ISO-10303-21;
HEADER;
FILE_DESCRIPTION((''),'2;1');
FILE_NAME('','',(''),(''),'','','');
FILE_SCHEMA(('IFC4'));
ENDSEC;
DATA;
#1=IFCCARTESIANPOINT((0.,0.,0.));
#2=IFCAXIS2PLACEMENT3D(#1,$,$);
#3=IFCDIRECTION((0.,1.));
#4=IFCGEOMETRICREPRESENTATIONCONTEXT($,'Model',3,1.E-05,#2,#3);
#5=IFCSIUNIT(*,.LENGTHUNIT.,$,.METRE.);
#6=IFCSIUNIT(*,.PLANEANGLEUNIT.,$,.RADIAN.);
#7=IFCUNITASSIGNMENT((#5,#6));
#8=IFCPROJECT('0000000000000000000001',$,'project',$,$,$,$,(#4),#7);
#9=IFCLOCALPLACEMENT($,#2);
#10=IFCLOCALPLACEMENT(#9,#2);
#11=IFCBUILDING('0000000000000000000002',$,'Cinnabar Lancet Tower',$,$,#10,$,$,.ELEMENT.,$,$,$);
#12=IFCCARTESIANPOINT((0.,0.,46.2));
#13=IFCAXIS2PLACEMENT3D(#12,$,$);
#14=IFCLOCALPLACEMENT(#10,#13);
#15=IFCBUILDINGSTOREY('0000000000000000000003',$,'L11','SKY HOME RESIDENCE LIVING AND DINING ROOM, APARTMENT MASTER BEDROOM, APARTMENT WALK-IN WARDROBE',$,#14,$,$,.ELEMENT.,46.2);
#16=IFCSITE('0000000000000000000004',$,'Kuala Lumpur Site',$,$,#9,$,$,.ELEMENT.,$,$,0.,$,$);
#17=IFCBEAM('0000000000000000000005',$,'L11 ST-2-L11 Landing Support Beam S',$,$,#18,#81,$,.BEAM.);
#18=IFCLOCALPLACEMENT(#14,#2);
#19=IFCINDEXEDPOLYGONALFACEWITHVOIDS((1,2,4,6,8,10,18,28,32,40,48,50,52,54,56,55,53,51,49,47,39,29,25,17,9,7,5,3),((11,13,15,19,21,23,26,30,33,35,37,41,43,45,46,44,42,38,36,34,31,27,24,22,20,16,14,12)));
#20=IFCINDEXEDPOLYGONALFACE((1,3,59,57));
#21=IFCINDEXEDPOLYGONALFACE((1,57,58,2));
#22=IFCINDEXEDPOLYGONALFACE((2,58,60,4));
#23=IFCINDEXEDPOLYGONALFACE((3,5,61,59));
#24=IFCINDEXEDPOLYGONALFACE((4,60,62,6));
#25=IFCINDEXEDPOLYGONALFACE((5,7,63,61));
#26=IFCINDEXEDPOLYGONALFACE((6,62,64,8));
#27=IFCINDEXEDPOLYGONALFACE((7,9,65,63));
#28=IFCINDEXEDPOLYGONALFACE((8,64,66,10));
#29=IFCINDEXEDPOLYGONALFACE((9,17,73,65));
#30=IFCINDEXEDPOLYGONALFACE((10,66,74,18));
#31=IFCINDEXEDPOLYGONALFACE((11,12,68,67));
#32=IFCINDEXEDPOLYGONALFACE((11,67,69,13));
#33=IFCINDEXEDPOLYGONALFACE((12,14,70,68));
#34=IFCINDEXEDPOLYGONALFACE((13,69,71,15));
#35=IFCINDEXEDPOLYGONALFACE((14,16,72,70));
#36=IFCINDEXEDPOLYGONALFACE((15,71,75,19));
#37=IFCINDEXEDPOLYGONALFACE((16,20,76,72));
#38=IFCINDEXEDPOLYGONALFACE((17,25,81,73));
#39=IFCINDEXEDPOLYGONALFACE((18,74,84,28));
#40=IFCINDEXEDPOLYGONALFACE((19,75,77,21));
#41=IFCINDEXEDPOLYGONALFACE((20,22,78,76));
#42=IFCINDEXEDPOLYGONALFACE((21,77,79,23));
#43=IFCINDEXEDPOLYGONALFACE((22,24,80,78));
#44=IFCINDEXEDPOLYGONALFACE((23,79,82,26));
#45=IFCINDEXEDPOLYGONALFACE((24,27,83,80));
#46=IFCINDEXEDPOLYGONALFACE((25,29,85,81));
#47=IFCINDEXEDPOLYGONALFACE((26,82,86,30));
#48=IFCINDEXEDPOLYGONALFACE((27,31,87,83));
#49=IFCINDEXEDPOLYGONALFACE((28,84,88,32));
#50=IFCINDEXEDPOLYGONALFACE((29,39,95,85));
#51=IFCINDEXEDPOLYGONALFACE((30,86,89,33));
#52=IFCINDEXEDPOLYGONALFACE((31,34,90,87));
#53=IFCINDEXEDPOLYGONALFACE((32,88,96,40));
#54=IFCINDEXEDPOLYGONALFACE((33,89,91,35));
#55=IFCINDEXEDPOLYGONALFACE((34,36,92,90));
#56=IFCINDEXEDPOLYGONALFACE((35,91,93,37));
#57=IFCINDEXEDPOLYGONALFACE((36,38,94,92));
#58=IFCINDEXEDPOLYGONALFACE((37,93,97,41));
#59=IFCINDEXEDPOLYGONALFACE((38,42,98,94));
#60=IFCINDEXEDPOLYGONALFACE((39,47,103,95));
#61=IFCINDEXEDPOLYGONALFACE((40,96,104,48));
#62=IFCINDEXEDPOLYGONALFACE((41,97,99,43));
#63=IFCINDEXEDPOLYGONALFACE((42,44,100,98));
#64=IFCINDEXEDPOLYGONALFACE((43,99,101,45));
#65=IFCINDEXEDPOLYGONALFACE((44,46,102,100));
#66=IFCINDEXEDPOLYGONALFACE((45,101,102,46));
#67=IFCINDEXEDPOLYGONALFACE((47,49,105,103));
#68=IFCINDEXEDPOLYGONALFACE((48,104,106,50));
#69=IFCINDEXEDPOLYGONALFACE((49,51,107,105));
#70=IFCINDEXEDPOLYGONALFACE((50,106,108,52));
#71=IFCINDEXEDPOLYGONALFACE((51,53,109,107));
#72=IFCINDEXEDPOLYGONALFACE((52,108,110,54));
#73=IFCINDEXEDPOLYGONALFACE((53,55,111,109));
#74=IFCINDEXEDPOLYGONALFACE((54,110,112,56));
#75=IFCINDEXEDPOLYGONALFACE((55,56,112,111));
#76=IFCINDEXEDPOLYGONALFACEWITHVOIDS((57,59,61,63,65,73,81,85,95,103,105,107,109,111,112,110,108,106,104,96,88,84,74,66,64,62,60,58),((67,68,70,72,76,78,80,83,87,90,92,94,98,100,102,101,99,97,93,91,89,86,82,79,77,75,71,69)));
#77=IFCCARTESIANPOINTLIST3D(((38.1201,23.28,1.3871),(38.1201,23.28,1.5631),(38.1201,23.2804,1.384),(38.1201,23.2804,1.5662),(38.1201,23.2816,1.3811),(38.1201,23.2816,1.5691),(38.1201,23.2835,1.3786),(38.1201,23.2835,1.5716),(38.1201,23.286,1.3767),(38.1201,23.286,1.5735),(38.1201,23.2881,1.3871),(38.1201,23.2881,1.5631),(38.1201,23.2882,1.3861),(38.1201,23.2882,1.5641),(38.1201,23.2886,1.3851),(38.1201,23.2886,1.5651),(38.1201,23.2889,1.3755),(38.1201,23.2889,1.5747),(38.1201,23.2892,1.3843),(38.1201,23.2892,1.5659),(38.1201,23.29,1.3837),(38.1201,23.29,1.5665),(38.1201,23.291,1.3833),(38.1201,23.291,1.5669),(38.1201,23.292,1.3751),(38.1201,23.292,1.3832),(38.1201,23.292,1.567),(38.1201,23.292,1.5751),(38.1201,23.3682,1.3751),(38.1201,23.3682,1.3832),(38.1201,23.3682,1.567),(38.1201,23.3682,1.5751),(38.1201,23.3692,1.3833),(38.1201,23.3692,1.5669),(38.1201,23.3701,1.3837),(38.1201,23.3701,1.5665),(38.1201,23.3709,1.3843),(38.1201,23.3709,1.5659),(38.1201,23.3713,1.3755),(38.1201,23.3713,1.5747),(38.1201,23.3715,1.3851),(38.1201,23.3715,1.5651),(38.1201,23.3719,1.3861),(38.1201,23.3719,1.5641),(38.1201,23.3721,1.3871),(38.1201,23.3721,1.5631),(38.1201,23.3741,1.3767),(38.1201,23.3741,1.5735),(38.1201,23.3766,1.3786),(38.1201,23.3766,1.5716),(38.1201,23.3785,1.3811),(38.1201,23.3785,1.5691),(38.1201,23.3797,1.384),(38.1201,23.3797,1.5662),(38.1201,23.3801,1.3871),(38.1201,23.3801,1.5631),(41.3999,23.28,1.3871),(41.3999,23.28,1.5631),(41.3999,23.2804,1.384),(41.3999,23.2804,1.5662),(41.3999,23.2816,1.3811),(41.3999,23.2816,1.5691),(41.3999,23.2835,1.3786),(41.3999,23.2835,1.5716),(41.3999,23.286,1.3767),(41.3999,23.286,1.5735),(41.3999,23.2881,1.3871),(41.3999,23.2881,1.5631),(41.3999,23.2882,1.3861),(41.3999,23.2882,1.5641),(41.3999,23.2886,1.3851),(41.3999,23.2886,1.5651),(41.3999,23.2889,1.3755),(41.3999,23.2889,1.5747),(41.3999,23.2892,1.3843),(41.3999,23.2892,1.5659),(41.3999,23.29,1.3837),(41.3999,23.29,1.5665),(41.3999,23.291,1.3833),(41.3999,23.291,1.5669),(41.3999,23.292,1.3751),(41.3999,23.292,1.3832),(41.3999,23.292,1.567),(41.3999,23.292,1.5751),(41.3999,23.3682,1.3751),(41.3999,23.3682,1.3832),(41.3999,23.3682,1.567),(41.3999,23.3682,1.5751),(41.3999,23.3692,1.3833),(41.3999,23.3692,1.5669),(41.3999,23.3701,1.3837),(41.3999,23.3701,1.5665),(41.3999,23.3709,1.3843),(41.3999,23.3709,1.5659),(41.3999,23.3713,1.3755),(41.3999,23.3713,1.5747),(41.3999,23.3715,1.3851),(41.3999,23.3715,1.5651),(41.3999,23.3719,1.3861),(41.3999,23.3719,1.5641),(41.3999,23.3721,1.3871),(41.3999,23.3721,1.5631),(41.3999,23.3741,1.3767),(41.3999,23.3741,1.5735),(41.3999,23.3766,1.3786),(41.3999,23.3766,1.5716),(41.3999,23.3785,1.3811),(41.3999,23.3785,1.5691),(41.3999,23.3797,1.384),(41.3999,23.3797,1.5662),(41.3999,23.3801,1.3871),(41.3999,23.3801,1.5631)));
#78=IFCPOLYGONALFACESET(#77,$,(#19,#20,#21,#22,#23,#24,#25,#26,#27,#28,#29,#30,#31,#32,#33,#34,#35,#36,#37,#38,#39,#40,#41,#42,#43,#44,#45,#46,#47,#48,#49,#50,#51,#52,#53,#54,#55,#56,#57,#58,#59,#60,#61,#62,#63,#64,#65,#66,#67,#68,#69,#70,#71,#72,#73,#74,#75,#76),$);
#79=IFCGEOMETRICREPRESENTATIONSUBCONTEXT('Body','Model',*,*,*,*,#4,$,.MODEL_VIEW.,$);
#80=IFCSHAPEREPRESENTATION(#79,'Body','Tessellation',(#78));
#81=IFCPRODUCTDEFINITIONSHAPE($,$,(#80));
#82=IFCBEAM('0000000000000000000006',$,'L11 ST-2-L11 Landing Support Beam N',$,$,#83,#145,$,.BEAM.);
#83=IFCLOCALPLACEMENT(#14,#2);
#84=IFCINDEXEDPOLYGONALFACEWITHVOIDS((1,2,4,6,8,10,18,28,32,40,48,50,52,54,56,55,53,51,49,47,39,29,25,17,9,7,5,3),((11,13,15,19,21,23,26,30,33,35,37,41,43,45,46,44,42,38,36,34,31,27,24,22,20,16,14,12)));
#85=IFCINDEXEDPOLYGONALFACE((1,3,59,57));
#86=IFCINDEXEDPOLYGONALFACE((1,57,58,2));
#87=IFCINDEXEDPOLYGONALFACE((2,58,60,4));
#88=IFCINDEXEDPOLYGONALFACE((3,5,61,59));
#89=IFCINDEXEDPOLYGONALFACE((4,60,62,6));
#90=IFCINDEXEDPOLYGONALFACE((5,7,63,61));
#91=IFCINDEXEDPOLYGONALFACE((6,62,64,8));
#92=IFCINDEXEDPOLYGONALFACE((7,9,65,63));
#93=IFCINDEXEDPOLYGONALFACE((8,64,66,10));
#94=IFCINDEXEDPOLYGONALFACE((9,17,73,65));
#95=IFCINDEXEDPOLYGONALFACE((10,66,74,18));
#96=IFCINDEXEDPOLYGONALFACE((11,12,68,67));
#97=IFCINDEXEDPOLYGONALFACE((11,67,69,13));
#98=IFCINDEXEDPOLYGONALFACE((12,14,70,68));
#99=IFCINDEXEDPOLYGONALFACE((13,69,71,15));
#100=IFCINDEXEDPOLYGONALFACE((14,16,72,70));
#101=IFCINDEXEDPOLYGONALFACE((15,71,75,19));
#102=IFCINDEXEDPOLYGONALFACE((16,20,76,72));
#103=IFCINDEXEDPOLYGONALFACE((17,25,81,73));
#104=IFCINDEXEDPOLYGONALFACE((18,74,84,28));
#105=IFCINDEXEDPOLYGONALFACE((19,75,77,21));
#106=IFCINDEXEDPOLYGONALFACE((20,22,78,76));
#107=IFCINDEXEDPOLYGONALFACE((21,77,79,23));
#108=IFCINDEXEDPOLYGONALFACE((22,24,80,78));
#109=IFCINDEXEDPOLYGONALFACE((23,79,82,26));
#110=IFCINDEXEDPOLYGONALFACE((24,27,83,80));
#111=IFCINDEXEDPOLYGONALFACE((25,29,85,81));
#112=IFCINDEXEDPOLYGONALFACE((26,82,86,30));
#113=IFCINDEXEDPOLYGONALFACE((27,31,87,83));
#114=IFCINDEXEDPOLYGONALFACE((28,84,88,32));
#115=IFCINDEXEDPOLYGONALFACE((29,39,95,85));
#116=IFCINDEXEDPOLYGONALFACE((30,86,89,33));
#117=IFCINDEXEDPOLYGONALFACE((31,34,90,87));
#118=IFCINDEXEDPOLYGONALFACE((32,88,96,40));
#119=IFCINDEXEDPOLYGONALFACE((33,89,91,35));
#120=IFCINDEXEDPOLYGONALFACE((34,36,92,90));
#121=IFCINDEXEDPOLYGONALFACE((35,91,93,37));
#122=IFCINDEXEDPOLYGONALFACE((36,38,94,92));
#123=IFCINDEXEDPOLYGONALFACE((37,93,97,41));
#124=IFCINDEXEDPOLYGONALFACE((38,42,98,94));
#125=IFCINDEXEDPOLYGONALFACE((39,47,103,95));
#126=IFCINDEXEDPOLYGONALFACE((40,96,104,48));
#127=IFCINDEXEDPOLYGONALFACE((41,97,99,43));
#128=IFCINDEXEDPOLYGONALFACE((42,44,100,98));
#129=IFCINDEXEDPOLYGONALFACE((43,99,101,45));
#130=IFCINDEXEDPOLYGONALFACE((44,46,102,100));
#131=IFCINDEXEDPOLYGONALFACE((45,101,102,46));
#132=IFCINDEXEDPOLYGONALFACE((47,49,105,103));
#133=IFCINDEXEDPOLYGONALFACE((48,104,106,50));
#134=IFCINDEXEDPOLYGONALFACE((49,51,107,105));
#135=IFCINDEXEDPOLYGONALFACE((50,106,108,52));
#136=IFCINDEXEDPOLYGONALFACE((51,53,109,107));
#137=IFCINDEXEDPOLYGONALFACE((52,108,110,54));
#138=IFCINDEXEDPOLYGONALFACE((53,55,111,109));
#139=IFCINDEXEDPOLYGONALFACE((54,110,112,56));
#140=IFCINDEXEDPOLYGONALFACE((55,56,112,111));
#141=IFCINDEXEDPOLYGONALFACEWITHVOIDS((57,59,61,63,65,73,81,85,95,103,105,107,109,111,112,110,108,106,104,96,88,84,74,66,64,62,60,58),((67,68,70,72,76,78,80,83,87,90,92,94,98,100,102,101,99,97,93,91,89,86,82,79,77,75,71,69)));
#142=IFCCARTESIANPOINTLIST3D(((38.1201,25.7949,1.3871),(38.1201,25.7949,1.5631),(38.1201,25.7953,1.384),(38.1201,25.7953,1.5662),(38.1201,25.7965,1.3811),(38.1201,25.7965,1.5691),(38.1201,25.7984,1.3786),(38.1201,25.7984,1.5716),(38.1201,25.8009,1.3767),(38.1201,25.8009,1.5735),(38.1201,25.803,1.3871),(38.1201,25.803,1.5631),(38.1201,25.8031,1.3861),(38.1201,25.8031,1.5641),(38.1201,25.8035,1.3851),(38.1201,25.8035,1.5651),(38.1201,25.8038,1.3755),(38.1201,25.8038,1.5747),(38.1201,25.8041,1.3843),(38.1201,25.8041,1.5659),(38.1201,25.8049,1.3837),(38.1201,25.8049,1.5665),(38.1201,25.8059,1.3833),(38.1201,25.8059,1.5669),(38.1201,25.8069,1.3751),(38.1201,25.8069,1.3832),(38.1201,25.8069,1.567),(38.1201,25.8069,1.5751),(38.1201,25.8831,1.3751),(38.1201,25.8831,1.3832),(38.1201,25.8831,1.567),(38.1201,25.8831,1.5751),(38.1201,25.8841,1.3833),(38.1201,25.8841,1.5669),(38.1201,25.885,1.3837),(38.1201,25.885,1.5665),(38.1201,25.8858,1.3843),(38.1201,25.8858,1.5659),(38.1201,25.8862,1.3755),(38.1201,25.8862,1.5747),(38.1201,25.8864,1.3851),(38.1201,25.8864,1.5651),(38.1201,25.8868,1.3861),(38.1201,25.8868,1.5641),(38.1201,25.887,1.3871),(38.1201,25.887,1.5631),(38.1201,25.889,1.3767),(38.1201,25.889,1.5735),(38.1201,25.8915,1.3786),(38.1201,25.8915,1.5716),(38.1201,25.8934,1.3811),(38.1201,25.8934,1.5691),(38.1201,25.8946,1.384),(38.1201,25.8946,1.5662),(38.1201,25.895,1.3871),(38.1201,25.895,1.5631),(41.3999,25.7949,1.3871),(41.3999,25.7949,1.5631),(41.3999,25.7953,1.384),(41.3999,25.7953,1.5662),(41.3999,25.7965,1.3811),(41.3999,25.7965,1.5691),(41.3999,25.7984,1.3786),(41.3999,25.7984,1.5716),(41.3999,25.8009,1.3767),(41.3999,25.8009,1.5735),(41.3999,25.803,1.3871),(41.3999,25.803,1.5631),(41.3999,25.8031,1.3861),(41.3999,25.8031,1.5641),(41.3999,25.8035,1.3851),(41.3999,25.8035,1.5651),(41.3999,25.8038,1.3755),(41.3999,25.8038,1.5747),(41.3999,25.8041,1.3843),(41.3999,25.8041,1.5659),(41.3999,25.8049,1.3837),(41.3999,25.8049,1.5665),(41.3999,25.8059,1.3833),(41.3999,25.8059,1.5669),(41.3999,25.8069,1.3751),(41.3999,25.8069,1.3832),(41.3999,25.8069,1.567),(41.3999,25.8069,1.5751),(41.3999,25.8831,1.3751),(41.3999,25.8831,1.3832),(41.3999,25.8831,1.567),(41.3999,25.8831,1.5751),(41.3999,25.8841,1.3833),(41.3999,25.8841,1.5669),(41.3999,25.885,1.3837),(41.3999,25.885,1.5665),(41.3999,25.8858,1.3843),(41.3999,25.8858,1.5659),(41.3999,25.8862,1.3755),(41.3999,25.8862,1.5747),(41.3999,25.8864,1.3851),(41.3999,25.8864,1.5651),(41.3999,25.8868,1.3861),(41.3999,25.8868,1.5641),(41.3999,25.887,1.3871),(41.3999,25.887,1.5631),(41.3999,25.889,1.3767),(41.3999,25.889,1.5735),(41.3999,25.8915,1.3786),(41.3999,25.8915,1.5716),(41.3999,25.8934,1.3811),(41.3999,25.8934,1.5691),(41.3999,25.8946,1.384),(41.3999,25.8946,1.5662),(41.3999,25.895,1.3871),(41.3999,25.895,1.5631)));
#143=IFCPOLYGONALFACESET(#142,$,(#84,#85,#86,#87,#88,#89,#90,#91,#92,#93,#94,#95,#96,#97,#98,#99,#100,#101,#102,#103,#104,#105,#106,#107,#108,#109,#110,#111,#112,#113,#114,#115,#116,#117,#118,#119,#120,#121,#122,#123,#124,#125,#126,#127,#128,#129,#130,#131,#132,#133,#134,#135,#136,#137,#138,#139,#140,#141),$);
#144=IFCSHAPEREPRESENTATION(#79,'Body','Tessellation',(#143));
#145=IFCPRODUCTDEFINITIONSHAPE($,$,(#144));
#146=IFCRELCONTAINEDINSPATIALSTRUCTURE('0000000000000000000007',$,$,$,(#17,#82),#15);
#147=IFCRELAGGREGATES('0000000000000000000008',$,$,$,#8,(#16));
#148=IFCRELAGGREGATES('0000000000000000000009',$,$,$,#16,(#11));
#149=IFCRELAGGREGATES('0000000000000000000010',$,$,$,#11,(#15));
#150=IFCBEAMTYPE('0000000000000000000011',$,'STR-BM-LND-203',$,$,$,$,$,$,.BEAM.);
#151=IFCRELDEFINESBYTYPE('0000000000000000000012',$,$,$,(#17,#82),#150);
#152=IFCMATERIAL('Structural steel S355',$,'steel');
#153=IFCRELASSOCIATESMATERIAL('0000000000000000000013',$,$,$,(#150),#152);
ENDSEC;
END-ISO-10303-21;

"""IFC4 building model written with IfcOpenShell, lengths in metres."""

from ifc_helpers import new_model, si_unit, direction, frame, origin, origin_2d, place, context, subcontext, project, spatial, hollow_rectangle, extrude, material, material_profile, profile_set, type_object, element, save


model = new_model("IFC4")

# Units and contexts
model_context = context("Model", 3, precision=1e-05, world=origin(), true_north=direction((0.0, 1.0)))
body_context = subcontext(model_context, "Body", "Model", "MODEL_VIEW")
ifc_project = project(units=[si_unit("LENGTHUNIT", "METRE"), si_unit("PLANEANGLEUNIT", "RADIAN")], contexts=[model_context])

# Site, building, storey
site_placement = place(None, origin())
site = spatial("IfcSite", under=ifc_project, at=site_placement, Name="Kuala Lumpur Site", CompositionType="ELEMENT", RefElevation=0.0)
building_placement = place(site_placement, origin())
building = spatial("IfcBuilding", under=site, at=building_placement, Name="Cinnabar Lancet Tower", CompositionType="ELEMENT")
storey_placement = place(building_placement, frame((0.0, 0.0, 46.2)))
storey = spatial("IfcBuildingStorey", under=building, at=storey_placement, Name="L11", Description="SKY HOME RESIDENCE LIVING AND DINING ROOM, APARTMENT MASTER BEDROOM, APARTMENT WALK-IN WARDROBE", CompositionType="ELEMENT", Elevation=46.2)

# Beams
ifc_material_1 = material(Name="Structural steel S355", Category="steel")
ifc_material_profile = material_profile(ifc_material_1, hollow_rectangle(XDim=0.1001, YDim=0.2, WallThickness=0.0081, InnerFilletRadius=0.0039, OuterFilletRadius=0.012, at=origin_2d()), Name="RHS 200x100x8")
ifc_profile_set = profile_set([ifc_material_profile], Name="Structural steel S355")
beam_type = type_object("IfcBeamType", Name="STR-BM-LND-203", PredefinedType="BEAM", material=ifc_profile_set)
for number, where, z_axis, x_axis, name in (
    (1, (38.1201, 23.3301, 1.4751), (1.0, 0.0, 0.0), (0.0, 1.0, 0.0), "L11 ST-2-L11 Landing Support Beam S"),
    (2, (38.1201, 25.845, 1.4751), (1.0, 0.0, 0.0), (0.0, 1.0, 0.0), "L11 ST-2-L11 Landing Support Beam N"),
):
    element("IfcBeam", number, at=place(storey_placement, frame(where, z_axis=z_axis, x_axis=x_axis)), inside=storey, type_object=beam_type, Name=name, PredefinedType="BEAM", context=body_context, shape_type="SweptSolid", body=[
        extrude(hollow_rectangle(XDim=0.1001, YDim=0.2, WallThickness=0.0081, InnerFilletRadius=0.0039, OuterFilletRadius=0.012, at=origin_2d()), origin(), (0.0, 0.0, 1.0), 3.2798),
    ])

save(model, "model.ifc")
